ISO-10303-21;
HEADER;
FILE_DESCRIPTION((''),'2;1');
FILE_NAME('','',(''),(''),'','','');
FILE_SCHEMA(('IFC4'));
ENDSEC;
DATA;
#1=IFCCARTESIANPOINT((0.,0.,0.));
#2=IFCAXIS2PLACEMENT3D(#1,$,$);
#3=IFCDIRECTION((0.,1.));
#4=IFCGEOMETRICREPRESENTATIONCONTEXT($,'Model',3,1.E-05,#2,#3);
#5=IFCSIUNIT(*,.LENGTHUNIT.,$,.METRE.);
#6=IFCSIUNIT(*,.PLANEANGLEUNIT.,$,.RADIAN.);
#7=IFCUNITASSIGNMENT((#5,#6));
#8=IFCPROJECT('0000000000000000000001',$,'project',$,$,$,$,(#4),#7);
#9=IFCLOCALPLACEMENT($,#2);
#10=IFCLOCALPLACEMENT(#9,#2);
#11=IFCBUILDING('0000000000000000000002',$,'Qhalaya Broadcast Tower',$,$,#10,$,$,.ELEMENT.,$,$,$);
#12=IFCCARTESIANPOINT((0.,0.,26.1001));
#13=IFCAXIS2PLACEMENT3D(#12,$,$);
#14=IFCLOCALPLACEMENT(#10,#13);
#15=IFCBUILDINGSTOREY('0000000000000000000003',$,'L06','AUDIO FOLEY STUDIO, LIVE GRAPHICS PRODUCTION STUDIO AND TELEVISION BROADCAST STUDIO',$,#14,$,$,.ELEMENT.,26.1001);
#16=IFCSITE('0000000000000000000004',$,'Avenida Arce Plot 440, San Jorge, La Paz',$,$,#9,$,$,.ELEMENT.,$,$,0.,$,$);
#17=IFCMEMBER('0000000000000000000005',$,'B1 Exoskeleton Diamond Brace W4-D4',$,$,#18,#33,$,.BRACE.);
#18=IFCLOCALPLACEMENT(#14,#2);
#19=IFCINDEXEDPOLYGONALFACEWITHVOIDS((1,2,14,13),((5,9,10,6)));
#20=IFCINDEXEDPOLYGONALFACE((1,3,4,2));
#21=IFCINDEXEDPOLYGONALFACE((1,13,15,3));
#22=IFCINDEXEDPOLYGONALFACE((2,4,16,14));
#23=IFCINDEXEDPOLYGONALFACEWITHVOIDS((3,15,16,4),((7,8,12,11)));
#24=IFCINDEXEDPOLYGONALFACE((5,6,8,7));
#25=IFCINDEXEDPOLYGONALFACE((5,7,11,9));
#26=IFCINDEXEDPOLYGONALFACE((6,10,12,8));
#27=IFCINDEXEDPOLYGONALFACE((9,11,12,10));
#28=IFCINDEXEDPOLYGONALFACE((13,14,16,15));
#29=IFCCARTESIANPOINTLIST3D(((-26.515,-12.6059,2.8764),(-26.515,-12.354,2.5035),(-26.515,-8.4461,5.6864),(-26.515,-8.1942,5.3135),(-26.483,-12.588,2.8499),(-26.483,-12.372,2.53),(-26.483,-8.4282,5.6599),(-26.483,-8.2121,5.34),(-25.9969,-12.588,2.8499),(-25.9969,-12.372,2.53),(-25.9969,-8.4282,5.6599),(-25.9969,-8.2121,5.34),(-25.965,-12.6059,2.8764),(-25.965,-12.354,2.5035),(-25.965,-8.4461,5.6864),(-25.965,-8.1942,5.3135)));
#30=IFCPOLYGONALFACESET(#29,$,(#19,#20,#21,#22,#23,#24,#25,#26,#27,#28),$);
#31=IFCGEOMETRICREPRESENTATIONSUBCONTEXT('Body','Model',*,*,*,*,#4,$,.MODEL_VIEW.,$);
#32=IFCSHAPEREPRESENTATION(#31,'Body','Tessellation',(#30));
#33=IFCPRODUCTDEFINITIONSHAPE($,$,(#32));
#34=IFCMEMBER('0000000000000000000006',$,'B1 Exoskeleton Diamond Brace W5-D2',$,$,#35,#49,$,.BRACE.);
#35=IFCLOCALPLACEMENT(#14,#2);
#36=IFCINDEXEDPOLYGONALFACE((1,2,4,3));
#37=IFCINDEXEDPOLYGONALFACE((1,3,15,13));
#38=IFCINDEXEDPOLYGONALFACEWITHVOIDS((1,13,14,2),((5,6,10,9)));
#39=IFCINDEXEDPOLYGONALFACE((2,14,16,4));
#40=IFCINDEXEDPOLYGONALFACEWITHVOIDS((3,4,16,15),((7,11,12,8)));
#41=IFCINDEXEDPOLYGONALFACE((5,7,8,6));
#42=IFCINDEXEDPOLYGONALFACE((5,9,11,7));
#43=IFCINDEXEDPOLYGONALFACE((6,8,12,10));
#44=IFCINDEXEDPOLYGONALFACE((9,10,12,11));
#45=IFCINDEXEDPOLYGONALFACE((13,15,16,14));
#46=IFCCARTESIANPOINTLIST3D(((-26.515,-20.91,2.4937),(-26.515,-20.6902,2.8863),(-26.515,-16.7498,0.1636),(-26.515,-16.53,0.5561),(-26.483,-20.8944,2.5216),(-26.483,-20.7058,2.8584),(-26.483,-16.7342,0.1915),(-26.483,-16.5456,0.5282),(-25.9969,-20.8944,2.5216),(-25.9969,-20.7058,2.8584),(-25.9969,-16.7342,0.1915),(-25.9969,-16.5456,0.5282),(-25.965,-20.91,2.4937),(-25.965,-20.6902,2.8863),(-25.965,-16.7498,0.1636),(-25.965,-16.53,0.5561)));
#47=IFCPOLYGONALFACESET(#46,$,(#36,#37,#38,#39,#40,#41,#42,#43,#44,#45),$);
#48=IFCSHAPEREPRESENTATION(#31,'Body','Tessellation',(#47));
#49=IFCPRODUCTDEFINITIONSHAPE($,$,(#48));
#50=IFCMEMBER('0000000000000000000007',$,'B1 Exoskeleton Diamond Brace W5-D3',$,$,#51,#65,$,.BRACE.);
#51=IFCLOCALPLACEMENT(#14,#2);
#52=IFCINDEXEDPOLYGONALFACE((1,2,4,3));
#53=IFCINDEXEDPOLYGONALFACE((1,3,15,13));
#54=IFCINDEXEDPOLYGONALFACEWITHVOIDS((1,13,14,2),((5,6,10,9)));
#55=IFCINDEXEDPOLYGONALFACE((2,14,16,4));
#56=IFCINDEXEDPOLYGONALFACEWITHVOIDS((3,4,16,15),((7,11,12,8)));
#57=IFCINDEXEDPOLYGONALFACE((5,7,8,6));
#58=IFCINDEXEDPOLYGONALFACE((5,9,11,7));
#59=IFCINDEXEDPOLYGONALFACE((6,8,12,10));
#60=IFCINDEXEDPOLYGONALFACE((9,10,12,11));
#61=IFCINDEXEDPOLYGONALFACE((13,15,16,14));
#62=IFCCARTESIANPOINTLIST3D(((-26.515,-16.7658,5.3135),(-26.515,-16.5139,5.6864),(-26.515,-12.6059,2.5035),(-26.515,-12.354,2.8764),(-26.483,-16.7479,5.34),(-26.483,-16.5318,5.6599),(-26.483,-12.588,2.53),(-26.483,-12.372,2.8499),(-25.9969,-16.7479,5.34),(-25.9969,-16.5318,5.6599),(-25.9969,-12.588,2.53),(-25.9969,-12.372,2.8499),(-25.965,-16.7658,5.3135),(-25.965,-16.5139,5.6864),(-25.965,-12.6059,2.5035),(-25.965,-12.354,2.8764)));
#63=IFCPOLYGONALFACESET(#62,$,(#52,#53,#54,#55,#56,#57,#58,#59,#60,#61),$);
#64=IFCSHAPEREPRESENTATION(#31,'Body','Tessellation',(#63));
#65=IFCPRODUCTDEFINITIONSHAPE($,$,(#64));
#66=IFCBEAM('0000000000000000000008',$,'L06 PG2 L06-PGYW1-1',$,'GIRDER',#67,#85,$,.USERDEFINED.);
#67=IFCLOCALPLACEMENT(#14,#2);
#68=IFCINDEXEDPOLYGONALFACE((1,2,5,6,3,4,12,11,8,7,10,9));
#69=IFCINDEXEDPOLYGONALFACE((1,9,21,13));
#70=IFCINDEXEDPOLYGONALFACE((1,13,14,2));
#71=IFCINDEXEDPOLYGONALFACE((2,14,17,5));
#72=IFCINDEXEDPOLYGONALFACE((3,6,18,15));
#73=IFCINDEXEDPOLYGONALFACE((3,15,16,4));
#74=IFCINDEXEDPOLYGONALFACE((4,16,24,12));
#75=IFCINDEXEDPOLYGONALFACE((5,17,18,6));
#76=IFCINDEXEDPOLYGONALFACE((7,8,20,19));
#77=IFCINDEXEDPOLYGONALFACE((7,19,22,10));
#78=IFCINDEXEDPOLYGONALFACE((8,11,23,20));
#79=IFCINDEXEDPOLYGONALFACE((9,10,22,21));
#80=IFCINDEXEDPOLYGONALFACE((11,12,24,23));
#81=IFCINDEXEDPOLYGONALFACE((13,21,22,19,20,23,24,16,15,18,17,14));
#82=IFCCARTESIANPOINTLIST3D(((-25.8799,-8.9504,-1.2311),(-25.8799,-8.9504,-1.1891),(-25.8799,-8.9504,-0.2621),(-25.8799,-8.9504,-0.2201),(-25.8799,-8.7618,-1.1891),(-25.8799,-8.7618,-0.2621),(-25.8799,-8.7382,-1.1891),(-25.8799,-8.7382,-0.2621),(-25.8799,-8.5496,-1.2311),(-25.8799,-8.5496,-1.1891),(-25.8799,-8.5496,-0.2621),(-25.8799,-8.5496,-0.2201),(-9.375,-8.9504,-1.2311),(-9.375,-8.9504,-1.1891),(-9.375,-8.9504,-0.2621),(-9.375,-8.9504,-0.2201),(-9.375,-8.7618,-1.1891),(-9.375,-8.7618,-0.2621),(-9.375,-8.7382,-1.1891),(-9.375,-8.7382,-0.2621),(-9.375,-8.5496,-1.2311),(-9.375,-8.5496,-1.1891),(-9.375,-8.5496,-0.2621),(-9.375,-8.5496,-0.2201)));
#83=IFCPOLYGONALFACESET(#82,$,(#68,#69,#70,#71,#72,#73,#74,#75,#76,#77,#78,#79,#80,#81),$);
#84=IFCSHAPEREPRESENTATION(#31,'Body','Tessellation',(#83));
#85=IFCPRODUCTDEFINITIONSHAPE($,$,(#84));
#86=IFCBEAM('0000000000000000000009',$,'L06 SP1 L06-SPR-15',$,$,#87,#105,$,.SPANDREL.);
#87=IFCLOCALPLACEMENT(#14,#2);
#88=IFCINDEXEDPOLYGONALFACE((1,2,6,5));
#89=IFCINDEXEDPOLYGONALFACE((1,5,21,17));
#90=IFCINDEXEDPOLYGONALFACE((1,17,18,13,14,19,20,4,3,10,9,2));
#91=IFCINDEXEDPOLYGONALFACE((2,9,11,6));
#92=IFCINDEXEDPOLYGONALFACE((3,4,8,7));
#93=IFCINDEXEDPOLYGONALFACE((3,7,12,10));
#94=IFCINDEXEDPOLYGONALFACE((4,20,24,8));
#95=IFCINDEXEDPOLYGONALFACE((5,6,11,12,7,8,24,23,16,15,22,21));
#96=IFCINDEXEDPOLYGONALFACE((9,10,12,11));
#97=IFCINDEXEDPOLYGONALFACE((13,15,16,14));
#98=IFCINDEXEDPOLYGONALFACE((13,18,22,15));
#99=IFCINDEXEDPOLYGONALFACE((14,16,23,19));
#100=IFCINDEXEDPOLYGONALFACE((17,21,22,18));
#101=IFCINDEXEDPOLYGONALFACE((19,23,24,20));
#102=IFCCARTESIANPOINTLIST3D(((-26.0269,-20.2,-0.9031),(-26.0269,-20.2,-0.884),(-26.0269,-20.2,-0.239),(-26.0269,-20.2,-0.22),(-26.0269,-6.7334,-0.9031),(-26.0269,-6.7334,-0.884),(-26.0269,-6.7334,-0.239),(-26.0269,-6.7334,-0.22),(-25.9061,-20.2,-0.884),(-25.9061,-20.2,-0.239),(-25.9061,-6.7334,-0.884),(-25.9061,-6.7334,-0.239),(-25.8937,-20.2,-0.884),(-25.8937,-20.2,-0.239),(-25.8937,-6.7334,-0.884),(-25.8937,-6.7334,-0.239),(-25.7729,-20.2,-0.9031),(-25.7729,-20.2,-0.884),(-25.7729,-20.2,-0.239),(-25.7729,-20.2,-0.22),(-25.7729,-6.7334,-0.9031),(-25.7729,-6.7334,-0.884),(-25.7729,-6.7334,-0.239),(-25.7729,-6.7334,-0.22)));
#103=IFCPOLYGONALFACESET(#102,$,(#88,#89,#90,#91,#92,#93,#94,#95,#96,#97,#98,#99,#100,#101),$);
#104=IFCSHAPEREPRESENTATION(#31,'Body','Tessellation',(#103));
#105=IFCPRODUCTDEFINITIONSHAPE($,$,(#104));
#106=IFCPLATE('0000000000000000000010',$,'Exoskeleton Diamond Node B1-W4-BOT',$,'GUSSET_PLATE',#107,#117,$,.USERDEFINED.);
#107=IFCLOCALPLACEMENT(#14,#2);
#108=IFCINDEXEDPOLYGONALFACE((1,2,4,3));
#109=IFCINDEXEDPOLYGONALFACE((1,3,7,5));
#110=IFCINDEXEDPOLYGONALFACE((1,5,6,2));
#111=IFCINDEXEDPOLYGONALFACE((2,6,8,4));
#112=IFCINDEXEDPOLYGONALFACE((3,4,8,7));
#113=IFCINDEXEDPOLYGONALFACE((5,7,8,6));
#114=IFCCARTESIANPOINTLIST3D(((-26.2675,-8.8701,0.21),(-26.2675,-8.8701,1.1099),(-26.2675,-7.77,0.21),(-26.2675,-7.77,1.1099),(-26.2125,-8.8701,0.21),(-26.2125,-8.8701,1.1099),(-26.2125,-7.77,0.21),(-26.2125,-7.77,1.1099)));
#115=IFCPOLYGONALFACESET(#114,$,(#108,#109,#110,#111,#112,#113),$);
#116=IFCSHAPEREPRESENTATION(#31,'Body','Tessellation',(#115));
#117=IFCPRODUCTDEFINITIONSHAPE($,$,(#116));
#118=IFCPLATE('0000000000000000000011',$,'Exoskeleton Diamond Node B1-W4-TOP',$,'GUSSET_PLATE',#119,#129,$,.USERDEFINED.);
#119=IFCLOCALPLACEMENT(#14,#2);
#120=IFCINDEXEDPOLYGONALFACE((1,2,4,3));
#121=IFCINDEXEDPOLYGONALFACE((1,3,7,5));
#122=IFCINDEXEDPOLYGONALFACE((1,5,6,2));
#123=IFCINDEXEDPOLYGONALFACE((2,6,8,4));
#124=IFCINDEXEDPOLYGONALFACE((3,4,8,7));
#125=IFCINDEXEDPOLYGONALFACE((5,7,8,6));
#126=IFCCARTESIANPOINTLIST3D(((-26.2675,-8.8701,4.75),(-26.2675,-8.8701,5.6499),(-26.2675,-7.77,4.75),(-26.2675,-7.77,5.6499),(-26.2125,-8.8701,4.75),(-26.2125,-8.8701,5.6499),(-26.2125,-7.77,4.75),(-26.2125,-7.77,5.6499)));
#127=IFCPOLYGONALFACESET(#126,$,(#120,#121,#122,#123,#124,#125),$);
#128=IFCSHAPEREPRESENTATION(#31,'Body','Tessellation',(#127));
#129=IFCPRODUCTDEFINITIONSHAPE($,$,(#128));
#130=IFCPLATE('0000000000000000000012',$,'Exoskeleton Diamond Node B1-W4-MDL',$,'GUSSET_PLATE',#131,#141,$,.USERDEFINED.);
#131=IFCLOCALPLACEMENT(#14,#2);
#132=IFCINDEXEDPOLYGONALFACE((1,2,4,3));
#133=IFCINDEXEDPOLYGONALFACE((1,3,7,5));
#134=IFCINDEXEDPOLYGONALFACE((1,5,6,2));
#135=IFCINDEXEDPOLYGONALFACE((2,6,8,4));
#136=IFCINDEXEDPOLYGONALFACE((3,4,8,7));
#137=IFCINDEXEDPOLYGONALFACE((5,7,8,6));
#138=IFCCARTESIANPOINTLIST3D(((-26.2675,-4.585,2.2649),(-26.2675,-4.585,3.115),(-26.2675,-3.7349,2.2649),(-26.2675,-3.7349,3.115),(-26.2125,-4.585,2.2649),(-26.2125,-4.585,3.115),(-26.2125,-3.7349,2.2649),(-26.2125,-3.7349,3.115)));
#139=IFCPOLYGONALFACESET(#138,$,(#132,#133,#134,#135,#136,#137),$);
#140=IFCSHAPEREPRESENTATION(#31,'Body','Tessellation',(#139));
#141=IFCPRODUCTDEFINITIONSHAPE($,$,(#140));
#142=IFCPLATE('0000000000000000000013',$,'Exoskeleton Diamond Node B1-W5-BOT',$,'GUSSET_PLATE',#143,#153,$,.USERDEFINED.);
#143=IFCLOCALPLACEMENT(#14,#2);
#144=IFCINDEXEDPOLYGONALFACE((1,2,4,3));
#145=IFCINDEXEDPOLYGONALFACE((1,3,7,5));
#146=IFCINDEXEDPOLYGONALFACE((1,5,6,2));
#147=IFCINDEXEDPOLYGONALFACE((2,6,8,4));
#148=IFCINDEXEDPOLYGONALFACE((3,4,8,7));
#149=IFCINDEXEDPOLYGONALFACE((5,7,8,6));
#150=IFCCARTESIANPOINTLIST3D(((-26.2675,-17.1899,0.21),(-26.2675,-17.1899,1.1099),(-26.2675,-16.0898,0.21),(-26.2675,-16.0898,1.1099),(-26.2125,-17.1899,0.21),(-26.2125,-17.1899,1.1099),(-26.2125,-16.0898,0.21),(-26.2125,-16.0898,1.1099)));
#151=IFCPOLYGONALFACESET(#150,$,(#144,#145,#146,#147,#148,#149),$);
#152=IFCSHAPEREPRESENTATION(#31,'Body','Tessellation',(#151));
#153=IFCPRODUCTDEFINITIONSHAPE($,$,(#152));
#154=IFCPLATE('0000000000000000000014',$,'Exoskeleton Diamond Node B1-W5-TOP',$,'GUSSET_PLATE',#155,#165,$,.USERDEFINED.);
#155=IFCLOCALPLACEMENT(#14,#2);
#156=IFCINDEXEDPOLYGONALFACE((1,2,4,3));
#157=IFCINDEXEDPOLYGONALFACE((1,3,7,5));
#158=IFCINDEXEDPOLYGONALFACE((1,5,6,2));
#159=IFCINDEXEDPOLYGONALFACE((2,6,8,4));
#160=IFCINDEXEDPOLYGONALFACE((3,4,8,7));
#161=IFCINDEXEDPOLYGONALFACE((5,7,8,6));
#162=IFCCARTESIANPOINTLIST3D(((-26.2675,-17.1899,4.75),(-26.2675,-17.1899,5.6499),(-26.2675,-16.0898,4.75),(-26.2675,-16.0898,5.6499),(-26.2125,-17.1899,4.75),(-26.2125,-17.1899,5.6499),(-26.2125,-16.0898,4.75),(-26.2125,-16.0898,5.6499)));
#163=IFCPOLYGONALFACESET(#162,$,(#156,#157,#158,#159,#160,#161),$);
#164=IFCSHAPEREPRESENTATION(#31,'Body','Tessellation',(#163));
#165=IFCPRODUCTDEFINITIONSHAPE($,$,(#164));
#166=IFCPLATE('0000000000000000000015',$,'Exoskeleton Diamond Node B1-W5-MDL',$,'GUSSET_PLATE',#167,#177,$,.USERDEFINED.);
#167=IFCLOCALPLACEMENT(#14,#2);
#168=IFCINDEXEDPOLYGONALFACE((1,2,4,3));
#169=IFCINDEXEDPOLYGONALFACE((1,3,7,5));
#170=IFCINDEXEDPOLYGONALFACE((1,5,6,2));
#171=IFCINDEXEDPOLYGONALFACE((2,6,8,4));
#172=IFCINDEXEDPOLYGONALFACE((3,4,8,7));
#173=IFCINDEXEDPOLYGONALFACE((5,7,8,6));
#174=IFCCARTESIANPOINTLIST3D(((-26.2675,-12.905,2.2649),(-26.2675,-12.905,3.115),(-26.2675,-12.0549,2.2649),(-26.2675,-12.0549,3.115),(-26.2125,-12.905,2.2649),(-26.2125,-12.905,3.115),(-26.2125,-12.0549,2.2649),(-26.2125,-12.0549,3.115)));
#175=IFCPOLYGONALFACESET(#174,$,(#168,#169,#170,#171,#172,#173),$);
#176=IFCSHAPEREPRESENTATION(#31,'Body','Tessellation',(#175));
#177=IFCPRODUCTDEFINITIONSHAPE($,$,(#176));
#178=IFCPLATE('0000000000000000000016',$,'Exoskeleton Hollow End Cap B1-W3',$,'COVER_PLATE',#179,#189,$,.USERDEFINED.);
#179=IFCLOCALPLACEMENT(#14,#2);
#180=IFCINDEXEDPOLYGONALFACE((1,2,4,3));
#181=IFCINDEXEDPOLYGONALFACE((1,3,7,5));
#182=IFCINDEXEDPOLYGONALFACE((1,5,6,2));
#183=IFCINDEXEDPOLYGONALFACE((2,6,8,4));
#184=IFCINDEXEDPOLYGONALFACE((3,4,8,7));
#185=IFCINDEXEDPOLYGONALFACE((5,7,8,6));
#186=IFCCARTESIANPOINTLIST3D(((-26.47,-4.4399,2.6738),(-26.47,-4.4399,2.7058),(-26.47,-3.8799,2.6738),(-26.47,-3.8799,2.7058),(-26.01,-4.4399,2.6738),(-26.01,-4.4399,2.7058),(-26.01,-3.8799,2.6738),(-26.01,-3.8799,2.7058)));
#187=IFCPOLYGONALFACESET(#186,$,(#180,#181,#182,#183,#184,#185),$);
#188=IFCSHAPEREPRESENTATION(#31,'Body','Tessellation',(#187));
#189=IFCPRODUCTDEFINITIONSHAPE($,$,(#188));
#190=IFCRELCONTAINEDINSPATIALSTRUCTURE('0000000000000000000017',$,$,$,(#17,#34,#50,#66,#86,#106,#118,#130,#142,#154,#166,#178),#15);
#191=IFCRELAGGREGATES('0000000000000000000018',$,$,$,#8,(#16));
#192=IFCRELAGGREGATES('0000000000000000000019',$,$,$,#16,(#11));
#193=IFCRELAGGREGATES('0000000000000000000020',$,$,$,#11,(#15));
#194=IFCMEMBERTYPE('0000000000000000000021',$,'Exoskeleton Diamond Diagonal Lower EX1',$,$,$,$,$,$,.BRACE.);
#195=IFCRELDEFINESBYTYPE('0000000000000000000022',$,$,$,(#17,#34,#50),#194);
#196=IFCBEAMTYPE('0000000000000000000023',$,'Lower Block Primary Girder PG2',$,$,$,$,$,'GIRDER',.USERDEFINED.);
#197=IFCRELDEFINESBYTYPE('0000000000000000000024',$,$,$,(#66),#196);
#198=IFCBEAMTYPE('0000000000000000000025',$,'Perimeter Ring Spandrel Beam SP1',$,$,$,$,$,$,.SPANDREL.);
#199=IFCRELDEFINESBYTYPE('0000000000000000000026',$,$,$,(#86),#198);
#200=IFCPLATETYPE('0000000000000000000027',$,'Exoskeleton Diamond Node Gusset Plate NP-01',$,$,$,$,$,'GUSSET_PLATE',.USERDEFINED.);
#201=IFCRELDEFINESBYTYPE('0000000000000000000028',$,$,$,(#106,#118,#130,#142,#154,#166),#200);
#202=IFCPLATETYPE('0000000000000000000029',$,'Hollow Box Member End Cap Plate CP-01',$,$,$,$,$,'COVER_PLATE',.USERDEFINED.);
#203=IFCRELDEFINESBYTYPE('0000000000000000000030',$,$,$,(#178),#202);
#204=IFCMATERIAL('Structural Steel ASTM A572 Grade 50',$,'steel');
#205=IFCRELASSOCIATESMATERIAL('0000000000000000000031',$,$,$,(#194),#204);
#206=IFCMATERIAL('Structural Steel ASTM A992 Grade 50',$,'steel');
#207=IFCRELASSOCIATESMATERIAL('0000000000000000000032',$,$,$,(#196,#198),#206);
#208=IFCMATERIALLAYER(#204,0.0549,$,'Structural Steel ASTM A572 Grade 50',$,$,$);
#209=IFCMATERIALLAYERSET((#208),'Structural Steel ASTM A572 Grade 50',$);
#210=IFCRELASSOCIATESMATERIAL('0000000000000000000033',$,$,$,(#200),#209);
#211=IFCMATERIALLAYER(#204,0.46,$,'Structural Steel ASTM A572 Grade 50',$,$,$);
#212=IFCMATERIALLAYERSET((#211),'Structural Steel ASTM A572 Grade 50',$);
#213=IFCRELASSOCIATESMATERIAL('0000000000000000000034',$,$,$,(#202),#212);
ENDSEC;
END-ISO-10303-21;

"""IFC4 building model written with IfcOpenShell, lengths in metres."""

from ifc_helpers import new_model, si_unit, direction, frame, origin, origin_2d, place, context, subcontext, project, spatial, rectangle, hollow_rectangle, i_section, extrude, material, layer, layer_set, material_profile, profile_set, type_object, element, save


model = new_model("IFC4")

# Units and contexts
model_context = context("Model", 3, precision=1e-05, world=origin(), true_north=direction((0.0, 1.0)))
body_context = subcontext(model_context, "Body", "Model", "MODEL_VIEW")
ifc_project = project(units=[si_unit("LENGTHUNIT", "METRE"), si_unit("PLANEANGLEUNIT", "RADIAN")], contexts=[model_context])

# Site, building, storey
site_placement = place(None, origin())
site = spatial("IfcSite", under=ifc_project, at=site_placement, Name="Avenida Arce Plot 440, San Jorge, La Paz", CompositionType="ELEMENT", RefElevation=0.0)
building_placement = place(site_placement, origin())
building = spatial("IfcBuilding", under=site, at=building_placement, Name="Qhalaya Broadcast Tower", CompositionType="ELEMENT")
storey_placement = place(building_placement, frame((0.0, 0.0, 26.1001)))
storey = spatial("IfcBuildingStorey", under=building, at=storey_placement, Name="L06", Description="AUDIO FOLEY STUDIO, LIVE GRAPHICS PRODUCTION STUDIO AND TELEVISION BROADCAST STUDIO", CompositionType="ELEMENT", Elevation=26.1001)

# Shared definitions
ifc_material_1 = material(Name="Structural Steel ASTM A572 Grade 50", Category="steel")

# Shared definitions
ifc_material_2 = material(Name="Structural Steel ASTM A992 Grade 50", Category="steel")

# Members
ifc_material_profile_1 = material_profile(ifc_material_1, hollow_rectangle(XDim=0.45, YDim=0.55, WallThickness=0.032, at=origin_2d()), Name="BOX 450x550x32")
ifc_profile_set_1 = profile_set([ifc_material_profile_1], Name="Structural Steel ASTM A572 Grade 50")
member_type = type_object("IfcMemberType", Name="Exoskeleton Diamond Diagonal Lower EX1", PredefinedType="BRACE", material=ifc_profile_set_1)
member_1_placement = place(storey_placement, frame((-26.24, -12.48, 2.6899), z_axis=(0.0, 0.828653, 0.559763), x_axis=(0.0, -0.559763, 0.828653)))
element("IfcMember", 1, at=member_1_placement, inside=storey, type_object=member_type, Name="B1 Exoskeleton Diamond Brace W4-D4", PredefinedType="BRACE", context=body_context, shape_type="SweptSolid", body=[
    extrude(hollow_rectangle(XDim=0.45, YDim=0.55, WallThickness=0.032, at=origin_2d()), origin(), (0.0, 0.0, 1.0), 5.02),
])
member_2_placement = place(storey_placement, frame((-26.24, -16.6399, 0.3599), z_axis=(0.0, -0.872471, 0.488666), x_axis=(0.0, 0.488666, 0.872471)))
element("IfcMember", 2, at=member_2_placement, inside=storey, type_object=member_type, Name="B1 Exoskeleton Diamond Brace W5-D2", PredefinedType="BRACE", context=body_context, shape_type="SweptSolid", body=[
    extrude(hollow_rectangle(XDim=0.45, YDim=0.55, WallThickness=0.032, at=origin_2d()), origin(), (0.0, 0.0, 1.0), 4.7683),
])
member_3_placement = place(storey_placement, frame((-26.24, -12.48, 2.6899), z_axis=(0.0, -0.828653, 0.559763), x_axis=(0.0, 0.559763, 0.828653)))
element("IfcMember", 3, at=member_3_placement, inside=storey, type_object=member_type, Name="B1 Exoskeleton Diamond Brace W5-D3", PredefinedType="BRACE", context=body_context, shape_type="SweptSolid", body=[
    extrude(hollow_rectangle(XDim=0.45, YDim=0.55, WallThickness=0.032, at=origin_2d()), origin(), (0.0, 0.0, 1.0), 5.02),
])

# Beams
ifc_material_profile_2 = material_profile(ifc_material_2, i_section(OverallWidth=0.4009, OverallDepth=1.011, WebThickness=0.0237, FlangeThickness=0.042, at=origin_2d()), Name="W40X297")
ifc_profile_set_2 = profile_set([ifc_material_profile_2], Name="Structural Steel ASTM A992 Grade 50")
beam_type_1 = type_object("IfcBeamType", Name="Lower Block Primary Girder PG2", ElementType="GIRDER", PredefinedType="USERDEFINED", material=ifc_profile_set_2)
beam_1_placement = place(storey_placement, frame((-25.8799, -8.75, -0.7256), z_axis=(1.0, 0.0, 0.0), x_axis=(0.0, 1.0, 0.0)))
element("IfcBeam", 4, at=beam_1_placement, inside=storey, type_object=beam_type_1, Name="L06 PG2 L06-PGYW1-1", ObjectType="GIRDER", PredefinedType="USERDEFINED", context=body_context, shape_type="SweptSolid", body=[
    extrude(i_section(OverallWidth=0.4009, OverallDepth=1.011, WebThickness=0.0237, FlangeThickness=0.042, at=origin_2d()), origin(), (0.0, 0.0, 1.0), 16.5049),
])
ifc_material_profile_3 = material_profile(ifc_material_2, i_section(OverallWidth=0.2539, OverallDepth=0.6831, WebThickness=0.0125, FlangeThickness=0.019, at=origin_2d()), Name="W27X94")
ifc_profile_set_3 = profile_set([ifc_material_profile_3], Name="Structural Steel ASTM A992 Grade 50")
beam_type_2 = type_object("IfcBeamType", Name="Perimeter Ring Spandrel Beam SP1", PredefinedType="SPANDREL", material=ifc_profile_set_3)
beam_2_placement = place(storey_placement, frame((-25.8999, -6.7334, -0.5615), z_axis=(0.0, -1.0, 0.0), x_axis=(1.0, 0.0, 0.0)))
element("IfcBeam", 5, at=beam_2_placement, inside=storey, type_object=beam_type_2, Name="L06 SP1 L06-SPR-15", PredefinedType="SPANDREL", context=body_context, shape_type="SweptSolid", body=[
    extrude(i_section(OverallWidth=0.2539, OverallDepth=0.6831, WebThickness=0.0125, FlangeThickness=0.019, at=origin_2d()), origin(), (0.0, 0.0, 1.0), 13.4666),
])

# Plates
ifc_layer_1 = layer(ifc_material_1, 0.0549, Name="Structural Steel ASTM A572 Grade 50")
ifc_layer_set_1 = layer_set([ifc_layer_1], Name="Structural Steel ASTM A572 Grade 50")
plate_type_1 = type_object("IfcPlateType", Name="Exoskeleton Diamond Node Gusset Plate NP-01", ElementType="GUSSET_PLATE", PredefinedType="USERDEFINED", material=ifc_layer_set_1)
for number, where, z_axis, x_axis, name in (
    (6, (-26.24, -8.3201, 0.21), (0.0, 0.0, 1.0), (0.0, 1.0, 0.0), "Exoskeleton Diamond Node B1-W4-BOT"),
    (7, (-26.24, -8.3201, 4.75), (0.0, 0.0, 1.0), (0.0, 1.0, 0.0), "Exoskeleton Diamond Node B1-W4-TOP"),
):
    element("IfcPlate", number, at=place(storey_placement, frame(where, z_axis=z_axis, x_axis=x_axis)), inside=storey, type_object=plate_type_1, Name=name, ObjectType="GUSSET_PLATE", PredefinedType="USERDEFINED", context=body_context, shape_type="SweptSolid", body=[
        extrude(rectangle(XDim=1.1001, YDim=0.0549, at=origin_2d()), origin(), (0.0, 0.0, 1.0), 0.8999),
    ])
plate_1_placement = place(storey_placement, frame((-26.24, -4.1599, 2.2649), z_axis=(0.0, 0.0, 1.0), x_axis=(0.0, 1.0, 0.0)))
element("IfcPlate", 8, at=plate_1_placement, inside=storey, type_object=plate_type_1, Name="Exoskeleton Diamond Node B1-W4-MDL", ObjectType="GUSSET_PLATE", PredefinedType="USERDEFINED", context=body_context, shape_type="SweptSolid", body=[
    extrude(rectangle(XDim=0.8501, YDim=0.0549, at=origin_2d()), origin(), (0.0, 0.0, 1.0), 0.8501),
])
for number, where, z_axis, x_axis, name in (
    (9, (-26.24, -16.6399, 0.21), (0.0, 0.0, 1.0), (0.0, 1.0, 0.0), "Exoskeleton Diamond Node B1-W5-BOT"),
    (10, (-26.24, -16.6399, 4.75), (0.0, 0.0, 1.0), (0.0, 1.0, 0.0), "Exoskeleton Diamond Node B1-W5-TOP"),
):
    element("IfcPlate", number, at=place(storey_placement, frame(where, z_axis=z_axis, x_axis=x_axis)), inside=storey, type_object=plate_type_1, Name=name, ObjectType="GUSSET_PLATE", PredefinedType="USERDEFINED", context=body_context, shape_type="SweptSolid", body=[
        extrude(rectangle(XDim=1.1001, YDim=0.0549, at=origin_2d()), origin(), (0.0, 0.0, 1.0), 0.8999),
    ])
plate_2_placement = place(storey_placement, frame((-26.24, -12.48, 2.2649), z_axis=(0.0, 0.0, 1.0), x_axis=(0.0, 1.0, 0.0)))
element("IfcPlate", 11, at=plate_2_placement, inside=storey, type_object=plate_type_1, Name="Exoskeleton Diamond Node B1-W5-MDL", ObjectType="GUSSET_PLATE", PredefinedType="USERDEFINED", context=body_context, shape_type="SweptSolid", body=[
    extrude(rectangle(XDim=0.8501, YDim=0.0549, at=origin_2d()), origin(), (0.0, 0.0, 1.0), 0.8501),
])
ifc_layer_2 = layer(ifc_material_1, 0.46, Name="Structural Steel ASTM A572 Grade 50")
ifc_layer_set_2 = layer_set([ifc_layer_2], Name="Structural Steel ASTM A572 Grade 50")
plate_type_2 = type_object("IfcPlateType", Name="Hollow Box Member End Cap Plate CP-01", ElementType="COVER_PLATE", PredefinedType="USERDEFINED", material=ifc_layer_set_2)
for number, where, z_axis, x_axis, name in (
    (12, (-26.24, -4.1599, 2.6738), (0.0, 0.0, 1.0), (0.0, 1.0, 0.0), "Exoskeleton Hollow End Cap B1-W3"),
):
    element("IfcPlate", number, at=place(storey_placement, frame(where, z_axis=z_axis, x_axis=x_axis)), inside=storey, type_object=plate_type_2, Name=name, ObjectType="COVER_PLATE", PredefinedType="USERDEFINED", context=body_context, shape_type="SweptSolid", body=[
        extrude(rectangle(XDim=0.5601, YDim=0.46, at=origin_2d()), origin(), (0.0, 0.0, 1.0), 0.032),
    ])

save(model, "model.ifc")
